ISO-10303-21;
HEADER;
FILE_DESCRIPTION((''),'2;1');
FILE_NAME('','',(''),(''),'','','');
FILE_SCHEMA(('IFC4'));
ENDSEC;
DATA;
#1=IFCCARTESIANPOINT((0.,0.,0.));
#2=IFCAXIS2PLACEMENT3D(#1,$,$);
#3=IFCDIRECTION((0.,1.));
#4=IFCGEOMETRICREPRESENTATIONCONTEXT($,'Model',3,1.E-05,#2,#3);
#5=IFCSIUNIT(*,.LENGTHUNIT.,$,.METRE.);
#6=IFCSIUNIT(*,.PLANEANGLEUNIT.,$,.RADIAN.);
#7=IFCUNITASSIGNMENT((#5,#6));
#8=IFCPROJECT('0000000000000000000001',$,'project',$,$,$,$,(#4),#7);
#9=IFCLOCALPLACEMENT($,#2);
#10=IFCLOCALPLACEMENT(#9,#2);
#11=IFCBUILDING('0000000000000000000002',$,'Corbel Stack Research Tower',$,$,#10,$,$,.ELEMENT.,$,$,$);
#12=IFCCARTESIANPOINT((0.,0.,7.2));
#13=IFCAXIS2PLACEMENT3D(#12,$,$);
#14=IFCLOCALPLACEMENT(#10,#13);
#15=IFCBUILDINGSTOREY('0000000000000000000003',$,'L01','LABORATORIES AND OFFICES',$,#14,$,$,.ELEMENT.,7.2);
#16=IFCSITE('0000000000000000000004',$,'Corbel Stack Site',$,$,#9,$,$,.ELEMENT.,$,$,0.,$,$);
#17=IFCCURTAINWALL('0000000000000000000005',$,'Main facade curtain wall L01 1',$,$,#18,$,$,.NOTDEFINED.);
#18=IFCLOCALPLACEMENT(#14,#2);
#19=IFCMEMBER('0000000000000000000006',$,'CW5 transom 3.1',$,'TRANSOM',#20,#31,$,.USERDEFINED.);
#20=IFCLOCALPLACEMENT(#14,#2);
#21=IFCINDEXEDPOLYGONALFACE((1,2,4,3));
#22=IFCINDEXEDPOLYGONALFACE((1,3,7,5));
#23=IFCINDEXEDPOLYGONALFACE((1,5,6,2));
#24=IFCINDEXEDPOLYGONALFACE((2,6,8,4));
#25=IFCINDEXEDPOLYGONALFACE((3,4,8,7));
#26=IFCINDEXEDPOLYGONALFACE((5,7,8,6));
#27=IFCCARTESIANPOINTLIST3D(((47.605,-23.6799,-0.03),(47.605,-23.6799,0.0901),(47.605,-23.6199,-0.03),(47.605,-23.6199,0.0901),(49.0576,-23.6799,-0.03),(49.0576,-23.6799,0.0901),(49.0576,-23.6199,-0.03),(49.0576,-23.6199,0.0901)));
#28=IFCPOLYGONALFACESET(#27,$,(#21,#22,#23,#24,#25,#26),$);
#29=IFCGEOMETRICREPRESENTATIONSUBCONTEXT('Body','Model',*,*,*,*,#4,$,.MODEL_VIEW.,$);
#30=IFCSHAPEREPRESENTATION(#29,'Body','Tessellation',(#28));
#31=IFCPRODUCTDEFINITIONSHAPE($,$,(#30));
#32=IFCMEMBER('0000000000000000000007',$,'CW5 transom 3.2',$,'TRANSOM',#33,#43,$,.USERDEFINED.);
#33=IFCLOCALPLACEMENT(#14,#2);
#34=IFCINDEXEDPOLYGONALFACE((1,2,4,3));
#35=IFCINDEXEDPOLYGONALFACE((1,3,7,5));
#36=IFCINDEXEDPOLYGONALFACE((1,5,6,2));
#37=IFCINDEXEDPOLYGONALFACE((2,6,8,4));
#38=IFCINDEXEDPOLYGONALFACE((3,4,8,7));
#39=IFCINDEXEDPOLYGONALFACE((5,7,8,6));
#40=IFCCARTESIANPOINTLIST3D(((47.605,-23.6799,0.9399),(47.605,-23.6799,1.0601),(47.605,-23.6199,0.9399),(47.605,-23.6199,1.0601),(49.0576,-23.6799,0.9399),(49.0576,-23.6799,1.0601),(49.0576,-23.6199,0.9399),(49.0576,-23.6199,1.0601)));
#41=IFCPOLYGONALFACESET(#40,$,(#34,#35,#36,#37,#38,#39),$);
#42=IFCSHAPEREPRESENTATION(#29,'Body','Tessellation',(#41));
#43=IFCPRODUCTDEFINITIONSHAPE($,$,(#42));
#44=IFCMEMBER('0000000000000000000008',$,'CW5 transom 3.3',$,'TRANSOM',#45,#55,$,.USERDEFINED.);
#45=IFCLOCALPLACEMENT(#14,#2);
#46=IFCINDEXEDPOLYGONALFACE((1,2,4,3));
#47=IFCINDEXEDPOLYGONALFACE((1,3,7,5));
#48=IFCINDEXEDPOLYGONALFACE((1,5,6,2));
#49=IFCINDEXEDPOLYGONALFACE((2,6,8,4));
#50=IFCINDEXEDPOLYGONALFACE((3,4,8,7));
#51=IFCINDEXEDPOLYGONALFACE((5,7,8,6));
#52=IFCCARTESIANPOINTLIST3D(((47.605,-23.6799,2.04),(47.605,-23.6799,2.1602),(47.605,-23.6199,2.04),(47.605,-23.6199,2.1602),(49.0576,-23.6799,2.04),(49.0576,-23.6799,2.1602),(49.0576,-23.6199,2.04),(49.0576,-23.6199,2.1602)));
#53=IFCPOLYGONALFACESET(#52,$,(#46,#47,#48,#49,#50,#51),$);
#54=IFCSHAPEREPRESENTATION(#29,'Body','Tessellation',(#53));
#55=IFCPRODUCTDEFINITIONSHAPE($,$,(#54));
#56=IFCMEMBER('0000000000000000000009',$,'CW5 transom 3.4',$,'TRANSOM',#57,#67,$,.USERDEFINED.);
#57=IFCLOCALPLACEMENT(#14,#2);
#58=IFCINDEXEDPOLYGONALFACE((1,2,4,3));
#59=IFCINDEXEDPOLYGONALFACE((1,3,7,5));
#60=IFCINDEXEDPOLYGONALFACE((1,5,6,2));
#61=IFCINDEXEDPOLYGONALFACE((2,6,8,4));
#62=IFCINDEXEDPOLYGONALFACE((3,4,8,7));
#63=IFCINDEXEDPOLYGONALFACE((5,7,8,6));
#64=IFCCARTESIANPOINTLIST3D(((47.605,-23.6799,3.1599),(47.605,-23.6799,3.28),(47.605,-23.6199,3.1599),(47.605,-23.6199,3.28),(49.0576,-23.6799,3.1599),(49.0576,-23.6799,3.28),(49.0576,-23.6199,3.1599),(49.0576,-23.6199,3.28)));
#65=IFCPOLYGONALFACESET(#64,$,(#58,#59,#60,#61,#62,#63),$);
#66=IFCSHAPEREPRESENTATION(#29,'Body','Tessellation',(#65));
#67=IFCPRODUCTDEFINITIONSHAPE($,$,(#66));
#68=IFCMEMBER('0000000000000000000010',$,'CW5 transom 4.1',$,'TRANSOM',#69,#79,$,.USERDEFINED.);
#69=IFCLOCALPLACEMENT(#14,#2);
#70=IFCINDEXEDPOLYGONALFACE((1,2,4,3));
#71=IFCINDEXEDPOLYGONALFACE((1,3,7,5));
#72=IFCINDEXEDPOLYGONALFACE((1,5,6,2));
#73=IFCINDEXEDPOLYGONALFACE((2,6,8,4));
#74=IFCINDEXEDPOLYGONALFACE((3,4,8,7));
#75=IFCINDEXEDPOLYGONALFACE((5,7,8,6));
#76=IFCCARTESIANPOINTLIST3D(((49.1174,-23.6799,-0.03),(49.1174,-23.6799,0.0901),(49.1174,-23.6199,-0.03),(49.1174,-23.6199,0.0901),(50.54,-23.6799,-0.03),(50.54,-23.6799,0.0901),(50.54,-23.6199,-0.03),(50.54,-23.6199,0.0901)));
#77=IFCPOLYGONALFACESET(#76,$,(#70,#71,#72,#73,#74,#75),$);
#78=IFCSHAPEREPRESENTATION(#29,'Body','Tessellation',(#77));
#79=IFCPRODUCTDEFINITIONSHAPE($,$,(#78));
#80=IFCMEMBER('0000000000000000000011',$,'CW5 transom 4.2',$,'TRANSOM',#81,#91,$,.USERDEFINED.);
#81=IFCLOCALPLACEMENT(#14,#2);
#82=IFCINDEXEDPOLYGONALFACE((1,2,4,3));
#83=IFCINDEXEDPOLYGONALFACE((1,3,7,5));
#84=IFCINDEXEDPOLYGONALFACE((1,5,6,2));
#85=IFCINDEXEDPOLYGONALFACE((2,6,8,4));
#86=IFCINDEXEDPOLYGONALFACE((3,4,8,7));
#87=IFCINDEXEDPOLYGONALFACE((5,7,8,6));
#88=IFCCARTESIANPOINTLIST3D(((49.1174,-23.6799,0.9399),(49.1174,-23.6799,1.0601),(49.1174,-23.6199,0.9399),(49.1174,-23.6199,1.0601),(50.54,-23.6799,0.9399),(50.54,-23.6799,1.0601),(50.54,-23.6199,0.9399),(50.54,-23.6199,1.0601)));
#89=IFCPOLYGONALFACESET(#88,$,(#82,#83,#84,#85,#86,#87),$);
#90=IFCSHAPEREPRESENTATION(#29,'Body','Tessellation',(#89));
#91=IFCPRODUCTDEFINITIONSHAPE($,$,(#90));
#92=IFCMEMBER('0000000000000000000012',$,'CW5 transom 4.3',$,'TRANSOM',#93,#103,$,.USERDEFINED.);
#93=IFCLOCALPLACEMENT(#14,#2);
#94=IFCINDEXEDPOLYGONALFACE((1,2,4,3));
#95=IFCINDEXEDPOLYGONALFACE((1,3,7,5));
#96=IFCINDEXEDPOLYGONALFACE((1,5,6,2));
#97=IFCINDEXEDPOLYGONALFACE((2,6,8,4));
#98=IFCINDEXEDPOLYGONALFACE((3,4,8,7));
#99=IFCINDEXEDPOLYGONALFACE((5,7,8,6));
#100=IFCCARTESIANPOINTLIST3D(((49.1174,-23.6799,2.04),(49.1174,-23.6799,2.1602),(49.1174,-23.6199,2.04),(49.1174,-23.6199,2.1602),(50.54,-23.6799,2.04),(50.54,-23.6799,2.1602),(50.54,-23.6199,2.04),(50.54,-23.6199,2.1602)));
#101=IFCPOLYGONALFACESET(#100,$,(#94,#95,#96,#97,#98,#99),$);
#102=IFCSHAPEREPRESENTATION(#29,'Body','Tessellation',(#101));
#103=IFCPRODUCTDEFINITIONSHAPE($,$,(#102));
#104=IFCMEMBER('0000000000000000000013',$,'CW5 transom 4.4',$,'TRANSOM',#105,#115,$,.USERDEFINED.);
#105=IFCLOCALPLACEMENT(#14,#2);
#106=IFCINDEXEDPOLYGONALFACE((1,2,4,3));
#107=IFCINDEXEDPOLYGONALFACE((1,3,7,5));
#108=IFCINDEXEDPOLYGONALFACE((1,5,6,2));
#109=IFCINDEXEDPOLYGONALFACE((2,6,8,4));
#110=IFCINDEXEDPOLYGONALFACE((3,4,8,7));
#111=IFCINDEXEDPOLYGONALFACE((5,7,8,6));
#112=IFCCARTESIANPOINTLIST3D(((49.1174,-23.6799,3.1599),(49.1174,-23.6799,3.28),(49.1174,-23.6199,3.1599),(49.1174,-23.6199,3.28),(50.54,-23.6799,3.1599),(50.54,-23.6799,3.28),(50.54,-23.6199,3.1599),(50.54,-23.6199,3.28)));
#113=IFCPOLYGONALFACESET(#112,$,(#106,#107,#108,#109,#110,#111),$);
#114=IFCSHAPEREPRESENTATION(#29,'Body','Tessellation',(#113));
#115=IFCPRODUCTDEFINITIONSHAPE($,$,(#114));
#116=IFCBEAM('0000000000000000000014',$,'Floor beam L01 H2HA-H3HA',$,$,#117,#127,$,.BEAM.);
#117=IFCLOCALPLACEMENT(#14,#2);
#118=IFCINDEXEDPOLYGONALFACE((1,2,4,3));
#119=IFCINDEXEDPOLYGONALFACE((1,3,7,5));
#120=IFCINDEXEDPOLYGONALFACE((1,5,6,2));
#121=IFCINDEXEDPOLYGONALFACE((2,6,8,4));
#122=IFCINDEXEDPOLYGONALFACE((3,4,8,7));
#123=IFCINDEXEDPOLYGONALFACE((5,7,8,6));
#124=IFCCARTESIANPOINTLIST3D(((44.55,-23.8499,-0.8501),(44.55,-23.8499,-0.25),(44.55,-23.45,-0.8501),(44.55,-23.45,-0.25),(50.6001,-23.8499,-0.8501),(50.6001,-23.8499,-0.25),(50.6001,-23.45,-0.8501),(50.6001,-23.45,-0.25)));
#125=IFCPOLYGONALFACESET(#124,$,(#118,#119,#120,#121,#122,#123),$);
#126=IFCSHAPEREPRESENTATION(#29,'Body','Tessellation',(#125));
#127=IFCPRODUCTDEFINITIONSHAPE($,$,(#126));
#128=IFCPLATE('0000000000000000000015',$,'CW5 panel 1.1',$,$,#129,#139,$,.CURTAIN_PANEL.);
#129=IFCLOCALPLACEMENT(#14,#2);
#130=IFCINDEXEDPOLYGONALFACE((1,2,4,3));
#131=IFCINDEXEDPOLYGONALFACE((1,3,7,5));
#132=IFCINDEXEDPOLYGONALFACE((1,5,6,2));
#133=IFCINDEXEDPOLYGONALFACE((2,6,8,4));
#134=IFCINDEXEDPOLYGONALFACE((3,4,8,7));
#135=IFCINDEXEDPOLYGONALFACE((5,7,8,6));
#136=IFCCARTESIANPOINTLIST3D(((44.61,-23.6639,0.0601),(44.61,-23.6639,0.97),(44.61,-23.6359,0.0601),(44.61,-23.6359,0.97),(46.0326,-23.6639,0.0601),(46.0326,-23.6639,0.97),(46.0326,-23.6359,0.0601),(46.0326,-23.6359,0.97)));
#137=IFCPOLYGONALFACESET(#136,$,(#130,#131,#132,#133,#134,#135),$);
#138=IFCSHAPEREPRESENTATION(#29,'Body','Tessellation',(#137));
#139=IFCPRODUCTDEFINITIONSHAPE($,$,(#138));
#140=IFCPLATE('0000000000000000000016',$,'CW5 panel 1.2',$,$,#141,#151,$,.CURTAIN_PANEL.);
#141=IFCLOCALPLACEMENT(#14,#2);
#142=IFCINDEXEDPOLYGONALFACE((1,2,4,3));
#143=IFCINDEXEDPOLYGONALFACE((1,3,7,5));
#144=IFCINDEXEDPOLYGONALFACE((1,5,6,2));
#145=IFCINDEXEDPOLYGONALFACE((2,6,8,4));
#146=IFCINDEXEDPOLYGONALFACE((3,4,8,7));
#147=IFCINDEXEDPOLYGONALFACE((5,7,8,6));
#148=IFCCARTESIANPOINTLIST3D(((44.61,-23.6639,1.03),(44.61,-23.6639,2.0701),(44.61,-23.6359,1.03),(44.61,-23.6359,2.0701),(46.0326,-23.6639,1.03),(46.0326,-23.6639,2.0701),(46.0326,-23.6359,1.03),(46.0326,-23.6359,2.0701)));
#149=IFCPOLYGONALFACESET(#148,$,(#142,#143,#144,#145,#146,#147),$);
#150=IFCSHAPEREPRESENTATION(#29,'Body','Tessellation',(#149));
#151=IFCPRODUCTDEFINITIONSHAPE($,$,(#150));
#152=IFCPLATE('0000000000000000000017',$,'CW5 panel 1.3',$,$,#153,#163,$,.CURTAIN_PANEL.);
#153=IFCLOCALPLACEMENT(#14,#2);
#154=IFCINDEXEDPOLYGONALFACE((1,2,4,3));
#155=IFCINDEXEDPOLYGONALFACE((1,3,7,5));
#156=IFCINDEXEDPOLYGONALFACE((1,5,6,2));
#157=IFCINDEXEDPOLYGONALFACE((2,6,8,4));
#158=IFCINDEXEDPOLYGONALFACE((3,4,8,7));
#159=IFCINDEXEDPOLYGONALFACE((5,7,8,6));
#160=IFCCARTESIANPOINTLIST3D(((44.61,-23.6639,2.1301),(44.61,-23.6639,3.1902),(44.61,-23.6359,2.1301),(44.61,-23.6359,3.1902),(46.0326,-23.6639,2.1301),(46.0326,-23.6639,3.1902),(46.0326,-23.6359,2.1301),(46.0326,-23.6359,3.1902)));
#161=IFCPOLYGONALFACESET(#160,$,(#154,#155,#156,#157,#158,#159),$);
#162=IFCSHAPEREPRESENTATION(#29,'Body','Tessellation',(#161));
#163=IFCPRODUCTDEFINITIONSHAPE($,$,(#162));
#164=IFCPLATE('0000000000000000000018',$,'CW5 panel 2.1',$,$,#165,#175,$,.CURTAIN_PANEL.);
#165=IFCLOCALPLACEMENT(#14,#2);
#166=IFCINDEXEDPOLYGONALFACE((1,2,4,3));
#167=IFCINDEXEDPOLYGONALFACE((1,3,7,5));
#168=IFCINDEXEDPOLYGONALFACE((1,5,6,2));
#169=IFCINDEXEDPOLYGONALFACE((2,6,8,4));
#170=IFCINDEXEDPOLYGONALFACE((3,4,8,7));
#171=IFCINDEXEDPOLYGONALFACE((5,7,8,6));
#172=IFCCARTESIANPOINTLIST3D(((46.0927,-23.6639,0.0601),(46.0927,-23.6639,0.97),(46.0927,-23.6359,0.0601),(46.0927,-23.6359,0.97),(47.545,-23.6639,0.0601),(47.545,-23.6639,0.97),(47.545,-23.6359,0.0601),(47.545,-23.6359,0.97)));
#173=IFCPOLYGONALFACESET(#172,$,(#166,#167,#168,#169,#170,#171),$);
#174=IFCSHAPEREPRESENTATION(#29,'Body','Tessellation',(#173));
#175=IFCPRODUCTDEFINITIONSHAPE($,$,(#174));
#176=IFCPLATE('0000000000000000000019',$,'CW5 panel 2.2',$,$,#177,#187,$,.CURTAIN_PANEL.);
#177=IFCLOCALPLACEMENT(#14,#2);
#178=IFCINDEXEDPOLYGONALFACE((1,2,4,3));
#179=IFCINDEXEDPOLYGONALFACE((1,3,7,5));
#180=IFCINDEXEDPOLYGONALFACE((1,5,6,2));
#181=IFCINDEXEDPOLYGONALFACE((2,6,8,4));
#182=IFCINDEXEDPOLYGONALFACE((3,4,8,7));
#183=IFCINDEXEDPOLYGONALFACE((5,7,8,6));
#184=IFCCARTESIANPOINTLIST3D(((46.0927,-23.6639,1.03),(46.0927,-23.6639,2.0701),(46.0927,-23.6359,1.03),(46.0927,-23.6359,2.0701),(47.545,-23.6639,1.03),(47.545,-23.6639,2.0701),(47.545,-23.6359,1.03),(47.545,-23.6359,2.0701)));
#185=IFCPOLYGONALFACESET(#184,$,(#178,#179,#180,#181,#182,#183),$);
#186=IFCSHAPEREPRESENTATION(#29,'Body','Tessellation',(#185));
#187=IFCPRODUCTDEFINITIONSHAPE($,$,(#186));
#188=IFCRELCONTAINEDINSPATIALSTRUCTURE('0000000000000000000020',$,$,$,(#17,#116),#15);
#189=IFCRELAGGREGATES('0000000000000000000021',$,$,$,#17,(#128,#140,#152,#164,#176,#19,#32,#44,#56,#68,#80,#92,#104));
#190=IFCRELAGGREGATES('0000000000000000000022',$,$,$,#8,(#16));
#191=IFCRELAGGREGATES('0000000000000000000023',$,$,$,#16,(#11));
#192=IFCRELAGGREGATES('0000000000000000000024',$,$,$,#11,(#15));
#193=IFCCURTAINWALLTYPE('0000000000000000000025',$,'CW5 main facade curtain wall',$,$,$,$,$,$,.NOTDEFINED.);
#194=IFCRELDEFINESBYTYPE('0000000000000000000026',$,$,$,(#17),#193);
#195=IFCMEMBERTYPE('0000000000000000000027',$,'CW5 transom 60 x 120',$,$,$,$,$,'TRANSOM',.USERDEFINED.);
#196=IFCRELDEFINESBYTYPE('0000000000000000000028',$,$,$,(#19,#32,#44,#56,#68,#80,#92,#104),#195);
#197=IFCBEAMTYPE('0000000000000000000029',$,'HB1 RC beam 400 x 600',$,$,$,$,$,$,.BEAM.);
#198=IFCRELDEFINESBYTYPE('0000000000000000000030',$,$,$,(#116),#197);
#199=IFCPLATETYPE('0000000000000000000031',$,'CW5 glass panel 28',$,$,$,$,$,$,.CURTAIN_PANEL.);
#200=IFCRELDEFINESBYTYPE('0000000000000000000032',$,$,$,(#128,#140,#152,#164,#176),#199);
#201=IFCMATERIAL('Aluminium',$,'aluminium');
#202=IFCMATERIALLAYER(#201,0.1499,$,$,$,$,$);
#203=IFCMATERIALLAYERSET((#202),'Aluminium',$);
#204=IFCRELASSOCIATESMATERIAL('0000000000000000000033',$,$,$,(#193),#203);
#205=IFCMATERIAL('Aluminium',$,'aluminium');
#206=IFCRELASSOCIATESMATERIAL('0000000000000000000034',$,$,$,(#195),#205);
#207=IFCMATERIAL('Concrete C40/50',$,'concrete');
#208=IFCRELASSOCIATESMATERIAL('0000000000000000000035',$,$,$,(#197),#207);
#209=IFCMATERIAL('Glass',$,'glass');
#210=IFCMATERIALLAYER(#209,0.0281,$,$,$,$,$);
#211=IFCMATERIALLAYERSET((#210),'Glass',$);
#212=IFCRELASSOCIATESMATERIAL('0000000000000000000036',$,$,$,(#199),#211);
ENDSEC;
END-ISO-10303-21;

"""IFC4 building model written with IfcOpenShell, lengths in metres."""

from ifc_helpers import new_model, si_unit, direction, frame, origin, origin_2d, place, context, subcontext, project, spatial, rectangle, extrude, material, layer, layer_set, material_profile, profile_set, type_object, element, aggregate, save


model = new_model("IFC4")

# Units and contexts
model_context = context("Model", 3, precision=1e-05, world=origin(), true_north=direction((0.0, 1.0)))
body_context = subcontext(model_context, "Body", "Model", "MODEL_VIEW")
ifc_project = project(units=[si_unit("LENGTHUNIT", "METRE"), si_unit("PLANEANGLEUNIT", "RADIAN")], contexts=[model_context])

# Site, building, storey
site_placement = place(None, origin())
site = spatial("IfcSite", under=ifc_project, at=site_placement, Name="Corbel Stack Site", CompositionType="ELEMENT", RefElevation=0.0)
building_placement = place(site_placement, origin())
building = spatial("IfcBuilding", under=site, at=building_placement, Name="Corbel Stack Research Tower", CompositionType="ELEMENT")
storey_placement = place(building_placement, frame((0.0, 0.0, 7.2)))
storey = spatial("IfcBuildingStorey", under=building, at=storey_placement, Name="L01", Description="LABORATORIES AND OFFICES", CompositionType="ELEMENT", Elevation=7.2)

# Curtain wall, members
ifc_material_1 = material(Name="Aluminium", Category="aluminium")
ifc_layer_1 = layer(ifc_material_1, 0.1499)
ifc_layer_set_1 = layer_set([ifc_layer_1], Name="Aluminium")
curtain_wall_type = type_object("IfcCurtainWallType", Name="CW5 main facade curtain wall", PredefinedType="NOTDEFINED", material=ifc_layer_set_1)
curtain_wall_placement = place(storey_placement, origin())
curtain_wall = element("IfcCurtainWall", 1, at=curtain_wall_placement, inside=storey, type_object=curtain_wall_type, Name="Main facade curtain wall L01 1", PredefinedType="NOTDEFINED")
ifc_material_2 = material(Name="Aluminium", Category="aluminium")
ifc_material_profile_1 = material_profile(ifc_material_2, rectangle(XDim=0.0601, YDim=0.1201, at=origin_2d()), Name="Transom 60 x 120")
ifc_profile_set_1 = profile_set([ifc_material_profile_1], Name="Aluminium")
member_type_1 = type_object("IfcMemberType", Name="CW5 transom 60 x 120", ElementType="TRANSOM", PredefinedType="USERDEFINED", material=ifc_profile_set_1)
member_1_placement = place(storey_placement, frame((47.605, -23.6499, 0.03), z_axis=(1.0, 0.0, 0.0), x_axis=(0.0, 1.0, 0.0)))
member_1 = element("IfcMember", 2, at=member_1_placement, type_object=member_type_1, Name="CW5 transom 3.1", ObjectType="TRANSOM", PredefinedType="USERDEFINED", context=body_context, shape_type="SweptSolid", body=[
    extrude(rectangle(XDim=0.0601, YDim=0.1201, at=origin_2d()), origin(), (0.0, 0.0, 1.0), 1.4526),
])
member_2_placement = place(storey_placement, frame((47.605, -23.6499, 1.0), z_axis=(1.0, 0.0, 0.0), x_axis=(0.0, 1.0, 0.0)))
member_2 = element("IfcMember", 3, at=member_2_placement, type_object=member_type_1, Name="CW5 transom 3.2", ObjectType="TRANSOM", PredefinedType="USERDEFINED", context=body_context, shape_type="SweptSolid", body=[
    extrude(rectangle(XDim=0.0601, YDim=0.1201, at=origin_2d()), origin(), (0.0, 0.0, 1.0), 1.4526),
])
member_3_placement = place(storey_placement, frame((47.605, -23.6499, 2.1001), z_axis=(1.0, 0.0, 0.0), x_axis=(0.0, 1.0, 0.0)))
member_3 = element("IfcMember", 4, at=member_3_placement, type_object=member_type_1, Name="CW5 transom 3.3", ObjectType="TRANSOM", PredefinedType="USERDEFINED", context=body_context, shape_type="SweptSolid", body=[
    extrude(rectangle(XDim=0.0601, YDim=0.1201, at=origin_2d()), origin(), (0.0, 0.0, 1.0), 1.4526),
])
member_4_placement = place(storey_placement, frame((47.605, -23.6499, 3.22), z_axis=(1.0, 0.0, 0.0), x_axis=(0.0, 1.0, 0.0)))
member_4 = element("IfcMember", 5, at=member_4_placement, type_object=member_type_1, Name="CW5 transom 3.4", ObjectType="TRANSOM", PredefinedType="USERDEFINED", context=body_context, shape_type="SweptSolid", body=[
    extrude(rectangle(XDim=0.0601, YDim=0.1201, at=origin_2d()), origin(), (0.0, 0.0, 1.0), 1.4526),
])
member_5_placement = place(storey_placement, frame((49.1174, -23.6499, 0.03), z_axis=(1.0, 0.0, 0.0), x_axis=(0.0, 1.0, 0.0)))
member_5 = element("IfcMember", 6, at=member_5_placement, type_object=member_type_1, Name="CW5 transom 4.1", ObjectType="TRANSOM", PredefinedType="USERDEFINED", context=body_context, shape_type="SweptSolid", body=[
    extrude(rectangle(XDim=0.0601, YDim=0.1201, at=origin_2d()), origin(), (0.0, 0.0, 1.0), 1.4226),
])
member_6_placement = place(storey_placement, frame((49.1174, -23.6499, 1.0), z_axis=(1.0, 0.0, 0.0), x_axis=(0.0, 1.0, 0.0)))
member_6 = element("IfcMember", 7, at=member_6_placement, type_object=member_type_1, Name="CW5 transom 4.2", ObjectType="TRANSOM", PredefinedType="USERDEFINED", context=body_context, shape_type="SweptSolid", body=[
    extrude(rectangle(XDim=0.0601, YDim=0.1201, at=origin_2d()), origin(), (0.0, 0.0, 1.0), 1.4226),
])
member_7_placement = place(storey_placement, frame((49.1174, -23.6499, 2.1001), z_axis=(1.0, 0.0, 0.0), x_axis=(0.0, 1.0, 0.0)))
member_7 = element("IfcMember", 8, at=member_7_placement, type_object=member_type_1, Name="CW5 transom 4.3", ObjectType="TRANSOM", PredefinedType="USERDEFINED", context=body_context, shape_type="SweptSolid", body=[
    extrude(rectangle(XDim=0.0601, YDim=0.1201, at=origin_2d()), origin(), (0.0, 0.0, 1.0), 1.4226),
])
member_8_placement = place(storey_placement, frame((49.1174, -23.6499, 3.22), z_axis=(1.0, 0.0, 0.0), x_axis=(0.0, 1.0, 0.0)))
member_8 = element("IfcMember", 9, at=member_8_placement, type_object=member_type_1, Name="CW5 transom 4.4", ObjectType="TRANSOM", PredefinedType="USERDEFINED", context=body_context, shape_type="SweptSolid", body=[
    extrude(rectangle(XDim=0.0601, YDim=0.1201, at=origin_2d()), origin(), (0.0, 0.0, 1.0), 1.4226),
])

# Beam
ifc_material_3 = material(Name="Concrete C40/50", Category="concrete")
ifc_material_profile_2 = material_profile(ifc_material_3, rectangle(XDim=0.3999, YDim=0.6001, at=origin_2d()), Name="RC 400 x 600")
ifc_profile_set_2 = profile_set([ifc_material_profile_2], Name="Concrete C40/50")
beam_type = type_object("IfcBeamType", Name="HB1 RC beam 400 x 600", PredefinedType="BEAM", material=ifc_profile_set_2)
beam_placement = place(storey_placement, frame((44.55, -23.6499, -0.55), z_axis=(1.0, 0.0, 0.0), x_axis=(0.0, 1.0, 0.0)))
element("IfcBeam", 10, at=beam_placement, inside=storey, type_object=beam_type, Name="Floor beam L01 H2HA-H3HA", PredefinedType="BEAM", context=body_context, shape_type="SweptSolid", body=[
    extrude(rectangle(XDim=0.3999, YDim=0.6001, at=origin_2d()), origin(), (0.0, 0.0, 1.0), 6.05),
])

# Plates
ifc_material_4 = material(Name="Glass", Category="glass")
ifc_layer_2 = layer(ifc_material_4, 0.0281)
ifc_layer_set_2 = layer_set([ifc_layer_2], Name="Glass")
plate_type = type_object("IfcPlateType", Name="CW5 glass panel 28", PredefinedType="CURTAIN_PANEL", material=ifc_layer_set_2)
plate_1_placement = place(storey_placement, frame((45.3213, -23.6499, 0.0601), z_axis=(0.0, 0.0, 1.0), x_axis=(1.0, 0.0, 0.0)))
plate_1 = element("IfcPlate", 11, at=plate_1_placement, type_object=plate_type, Name="CW5 panel 1.1", PredefinedType="CURTAIN_PANEL", context=body_context, shape_type="SweptSolid", body=[
    extrude(rectangle(XDim=1.4226, YDim=0.0281, at=origin_2d()), origin(), (0.0, 0.0, 1.0), 0.9099),
])
plate_2_placement = place(storey_placement, frame((45.3213, -23.6499, 1.03), z_axis=(0.0, 0.0, 1.0), x_axis=(1.0, 0.0, 0.0)))
plate_2 = element("IfcPlate", 12, at=plate_2_placement, type_object=plate_type, Name="CW5 panel 1.2", PredefinedType="CURTAIN_PANEL", context=body_context, shape_type="SweptSolid", body=[
    extrude(rectangle(XDim=1.4226, YDim=0.0281, at=origin_2d()), origin(), (0.0, 0.0, 1.0), 1.04),
])
plate_3_placement = place(storey_placement, frame((45.3213, -23.6499, 2.1301), z_axis=(0.0, 0.0, 1.0), x_axis=(1.0, 0.0, 0.0)))
plate_3 = element("IfcPlate", 13, at=plate_3_placement, type_object=plate_type, Name="CW5 panel 1.3", PredefinedType="CURTAIN_PANEL", context=body_context, shape_type="SweptSolid", body=[
    extrude(rectangle(XDim=1.4226, YDim=0.0281, at=origin_2d()), origin(), (0.0, 0.0, 1.0), 1.0601),
])
plate_4_placement = place(storey_placement, frame((46.8188, -23.6499, 0.0601), z_axis=(0.0, 0.0, 1.0), x_axis=(1.0, 0.0, 0.0)))
plate_4 = element("IfcPlate", 14, at=plate_4_placement, type_object=plate_type, Name="CW5 panel 2.1", PredefinedType="CURTAIN_PANEL", context=body_context, shape_type="SweptSolid", body=[
    extrude(rectangle(XDim=1.4524, YDim=0.0281, at=origin_2d()), origin(), (0.0, 0.0, 1.0), 0.9099),
])
plate_5_placement = place(storey_placement, frame((46.8188, -23.6499, 1.03), z_axis=(0.0, 0.0, 1.0), x_axis=(1.0, 0.0, 0.0)))
plate_5 = element("IfcPlate", 15, at=plate_5_placement, type_object=plate_type, Name="CW5 panel 2.2", PredefinedType="CURTAIN_PANEL", context=body_context, shape_type="SweptSolid", body=[
    extrude(rectangle(XDim=1.4524, YDim=0.0281, at=origin_2d()), origin(), (0.0, 0.0, 1.0), 1.04),
])
aggregate(curtain_wall, [plate_1, plate_2, plate_3, plate_4, plate_5, member_1, member_2, member_3, member_4, member_5, member_6, member_7, member_8])

save(model, "model.ifc")
